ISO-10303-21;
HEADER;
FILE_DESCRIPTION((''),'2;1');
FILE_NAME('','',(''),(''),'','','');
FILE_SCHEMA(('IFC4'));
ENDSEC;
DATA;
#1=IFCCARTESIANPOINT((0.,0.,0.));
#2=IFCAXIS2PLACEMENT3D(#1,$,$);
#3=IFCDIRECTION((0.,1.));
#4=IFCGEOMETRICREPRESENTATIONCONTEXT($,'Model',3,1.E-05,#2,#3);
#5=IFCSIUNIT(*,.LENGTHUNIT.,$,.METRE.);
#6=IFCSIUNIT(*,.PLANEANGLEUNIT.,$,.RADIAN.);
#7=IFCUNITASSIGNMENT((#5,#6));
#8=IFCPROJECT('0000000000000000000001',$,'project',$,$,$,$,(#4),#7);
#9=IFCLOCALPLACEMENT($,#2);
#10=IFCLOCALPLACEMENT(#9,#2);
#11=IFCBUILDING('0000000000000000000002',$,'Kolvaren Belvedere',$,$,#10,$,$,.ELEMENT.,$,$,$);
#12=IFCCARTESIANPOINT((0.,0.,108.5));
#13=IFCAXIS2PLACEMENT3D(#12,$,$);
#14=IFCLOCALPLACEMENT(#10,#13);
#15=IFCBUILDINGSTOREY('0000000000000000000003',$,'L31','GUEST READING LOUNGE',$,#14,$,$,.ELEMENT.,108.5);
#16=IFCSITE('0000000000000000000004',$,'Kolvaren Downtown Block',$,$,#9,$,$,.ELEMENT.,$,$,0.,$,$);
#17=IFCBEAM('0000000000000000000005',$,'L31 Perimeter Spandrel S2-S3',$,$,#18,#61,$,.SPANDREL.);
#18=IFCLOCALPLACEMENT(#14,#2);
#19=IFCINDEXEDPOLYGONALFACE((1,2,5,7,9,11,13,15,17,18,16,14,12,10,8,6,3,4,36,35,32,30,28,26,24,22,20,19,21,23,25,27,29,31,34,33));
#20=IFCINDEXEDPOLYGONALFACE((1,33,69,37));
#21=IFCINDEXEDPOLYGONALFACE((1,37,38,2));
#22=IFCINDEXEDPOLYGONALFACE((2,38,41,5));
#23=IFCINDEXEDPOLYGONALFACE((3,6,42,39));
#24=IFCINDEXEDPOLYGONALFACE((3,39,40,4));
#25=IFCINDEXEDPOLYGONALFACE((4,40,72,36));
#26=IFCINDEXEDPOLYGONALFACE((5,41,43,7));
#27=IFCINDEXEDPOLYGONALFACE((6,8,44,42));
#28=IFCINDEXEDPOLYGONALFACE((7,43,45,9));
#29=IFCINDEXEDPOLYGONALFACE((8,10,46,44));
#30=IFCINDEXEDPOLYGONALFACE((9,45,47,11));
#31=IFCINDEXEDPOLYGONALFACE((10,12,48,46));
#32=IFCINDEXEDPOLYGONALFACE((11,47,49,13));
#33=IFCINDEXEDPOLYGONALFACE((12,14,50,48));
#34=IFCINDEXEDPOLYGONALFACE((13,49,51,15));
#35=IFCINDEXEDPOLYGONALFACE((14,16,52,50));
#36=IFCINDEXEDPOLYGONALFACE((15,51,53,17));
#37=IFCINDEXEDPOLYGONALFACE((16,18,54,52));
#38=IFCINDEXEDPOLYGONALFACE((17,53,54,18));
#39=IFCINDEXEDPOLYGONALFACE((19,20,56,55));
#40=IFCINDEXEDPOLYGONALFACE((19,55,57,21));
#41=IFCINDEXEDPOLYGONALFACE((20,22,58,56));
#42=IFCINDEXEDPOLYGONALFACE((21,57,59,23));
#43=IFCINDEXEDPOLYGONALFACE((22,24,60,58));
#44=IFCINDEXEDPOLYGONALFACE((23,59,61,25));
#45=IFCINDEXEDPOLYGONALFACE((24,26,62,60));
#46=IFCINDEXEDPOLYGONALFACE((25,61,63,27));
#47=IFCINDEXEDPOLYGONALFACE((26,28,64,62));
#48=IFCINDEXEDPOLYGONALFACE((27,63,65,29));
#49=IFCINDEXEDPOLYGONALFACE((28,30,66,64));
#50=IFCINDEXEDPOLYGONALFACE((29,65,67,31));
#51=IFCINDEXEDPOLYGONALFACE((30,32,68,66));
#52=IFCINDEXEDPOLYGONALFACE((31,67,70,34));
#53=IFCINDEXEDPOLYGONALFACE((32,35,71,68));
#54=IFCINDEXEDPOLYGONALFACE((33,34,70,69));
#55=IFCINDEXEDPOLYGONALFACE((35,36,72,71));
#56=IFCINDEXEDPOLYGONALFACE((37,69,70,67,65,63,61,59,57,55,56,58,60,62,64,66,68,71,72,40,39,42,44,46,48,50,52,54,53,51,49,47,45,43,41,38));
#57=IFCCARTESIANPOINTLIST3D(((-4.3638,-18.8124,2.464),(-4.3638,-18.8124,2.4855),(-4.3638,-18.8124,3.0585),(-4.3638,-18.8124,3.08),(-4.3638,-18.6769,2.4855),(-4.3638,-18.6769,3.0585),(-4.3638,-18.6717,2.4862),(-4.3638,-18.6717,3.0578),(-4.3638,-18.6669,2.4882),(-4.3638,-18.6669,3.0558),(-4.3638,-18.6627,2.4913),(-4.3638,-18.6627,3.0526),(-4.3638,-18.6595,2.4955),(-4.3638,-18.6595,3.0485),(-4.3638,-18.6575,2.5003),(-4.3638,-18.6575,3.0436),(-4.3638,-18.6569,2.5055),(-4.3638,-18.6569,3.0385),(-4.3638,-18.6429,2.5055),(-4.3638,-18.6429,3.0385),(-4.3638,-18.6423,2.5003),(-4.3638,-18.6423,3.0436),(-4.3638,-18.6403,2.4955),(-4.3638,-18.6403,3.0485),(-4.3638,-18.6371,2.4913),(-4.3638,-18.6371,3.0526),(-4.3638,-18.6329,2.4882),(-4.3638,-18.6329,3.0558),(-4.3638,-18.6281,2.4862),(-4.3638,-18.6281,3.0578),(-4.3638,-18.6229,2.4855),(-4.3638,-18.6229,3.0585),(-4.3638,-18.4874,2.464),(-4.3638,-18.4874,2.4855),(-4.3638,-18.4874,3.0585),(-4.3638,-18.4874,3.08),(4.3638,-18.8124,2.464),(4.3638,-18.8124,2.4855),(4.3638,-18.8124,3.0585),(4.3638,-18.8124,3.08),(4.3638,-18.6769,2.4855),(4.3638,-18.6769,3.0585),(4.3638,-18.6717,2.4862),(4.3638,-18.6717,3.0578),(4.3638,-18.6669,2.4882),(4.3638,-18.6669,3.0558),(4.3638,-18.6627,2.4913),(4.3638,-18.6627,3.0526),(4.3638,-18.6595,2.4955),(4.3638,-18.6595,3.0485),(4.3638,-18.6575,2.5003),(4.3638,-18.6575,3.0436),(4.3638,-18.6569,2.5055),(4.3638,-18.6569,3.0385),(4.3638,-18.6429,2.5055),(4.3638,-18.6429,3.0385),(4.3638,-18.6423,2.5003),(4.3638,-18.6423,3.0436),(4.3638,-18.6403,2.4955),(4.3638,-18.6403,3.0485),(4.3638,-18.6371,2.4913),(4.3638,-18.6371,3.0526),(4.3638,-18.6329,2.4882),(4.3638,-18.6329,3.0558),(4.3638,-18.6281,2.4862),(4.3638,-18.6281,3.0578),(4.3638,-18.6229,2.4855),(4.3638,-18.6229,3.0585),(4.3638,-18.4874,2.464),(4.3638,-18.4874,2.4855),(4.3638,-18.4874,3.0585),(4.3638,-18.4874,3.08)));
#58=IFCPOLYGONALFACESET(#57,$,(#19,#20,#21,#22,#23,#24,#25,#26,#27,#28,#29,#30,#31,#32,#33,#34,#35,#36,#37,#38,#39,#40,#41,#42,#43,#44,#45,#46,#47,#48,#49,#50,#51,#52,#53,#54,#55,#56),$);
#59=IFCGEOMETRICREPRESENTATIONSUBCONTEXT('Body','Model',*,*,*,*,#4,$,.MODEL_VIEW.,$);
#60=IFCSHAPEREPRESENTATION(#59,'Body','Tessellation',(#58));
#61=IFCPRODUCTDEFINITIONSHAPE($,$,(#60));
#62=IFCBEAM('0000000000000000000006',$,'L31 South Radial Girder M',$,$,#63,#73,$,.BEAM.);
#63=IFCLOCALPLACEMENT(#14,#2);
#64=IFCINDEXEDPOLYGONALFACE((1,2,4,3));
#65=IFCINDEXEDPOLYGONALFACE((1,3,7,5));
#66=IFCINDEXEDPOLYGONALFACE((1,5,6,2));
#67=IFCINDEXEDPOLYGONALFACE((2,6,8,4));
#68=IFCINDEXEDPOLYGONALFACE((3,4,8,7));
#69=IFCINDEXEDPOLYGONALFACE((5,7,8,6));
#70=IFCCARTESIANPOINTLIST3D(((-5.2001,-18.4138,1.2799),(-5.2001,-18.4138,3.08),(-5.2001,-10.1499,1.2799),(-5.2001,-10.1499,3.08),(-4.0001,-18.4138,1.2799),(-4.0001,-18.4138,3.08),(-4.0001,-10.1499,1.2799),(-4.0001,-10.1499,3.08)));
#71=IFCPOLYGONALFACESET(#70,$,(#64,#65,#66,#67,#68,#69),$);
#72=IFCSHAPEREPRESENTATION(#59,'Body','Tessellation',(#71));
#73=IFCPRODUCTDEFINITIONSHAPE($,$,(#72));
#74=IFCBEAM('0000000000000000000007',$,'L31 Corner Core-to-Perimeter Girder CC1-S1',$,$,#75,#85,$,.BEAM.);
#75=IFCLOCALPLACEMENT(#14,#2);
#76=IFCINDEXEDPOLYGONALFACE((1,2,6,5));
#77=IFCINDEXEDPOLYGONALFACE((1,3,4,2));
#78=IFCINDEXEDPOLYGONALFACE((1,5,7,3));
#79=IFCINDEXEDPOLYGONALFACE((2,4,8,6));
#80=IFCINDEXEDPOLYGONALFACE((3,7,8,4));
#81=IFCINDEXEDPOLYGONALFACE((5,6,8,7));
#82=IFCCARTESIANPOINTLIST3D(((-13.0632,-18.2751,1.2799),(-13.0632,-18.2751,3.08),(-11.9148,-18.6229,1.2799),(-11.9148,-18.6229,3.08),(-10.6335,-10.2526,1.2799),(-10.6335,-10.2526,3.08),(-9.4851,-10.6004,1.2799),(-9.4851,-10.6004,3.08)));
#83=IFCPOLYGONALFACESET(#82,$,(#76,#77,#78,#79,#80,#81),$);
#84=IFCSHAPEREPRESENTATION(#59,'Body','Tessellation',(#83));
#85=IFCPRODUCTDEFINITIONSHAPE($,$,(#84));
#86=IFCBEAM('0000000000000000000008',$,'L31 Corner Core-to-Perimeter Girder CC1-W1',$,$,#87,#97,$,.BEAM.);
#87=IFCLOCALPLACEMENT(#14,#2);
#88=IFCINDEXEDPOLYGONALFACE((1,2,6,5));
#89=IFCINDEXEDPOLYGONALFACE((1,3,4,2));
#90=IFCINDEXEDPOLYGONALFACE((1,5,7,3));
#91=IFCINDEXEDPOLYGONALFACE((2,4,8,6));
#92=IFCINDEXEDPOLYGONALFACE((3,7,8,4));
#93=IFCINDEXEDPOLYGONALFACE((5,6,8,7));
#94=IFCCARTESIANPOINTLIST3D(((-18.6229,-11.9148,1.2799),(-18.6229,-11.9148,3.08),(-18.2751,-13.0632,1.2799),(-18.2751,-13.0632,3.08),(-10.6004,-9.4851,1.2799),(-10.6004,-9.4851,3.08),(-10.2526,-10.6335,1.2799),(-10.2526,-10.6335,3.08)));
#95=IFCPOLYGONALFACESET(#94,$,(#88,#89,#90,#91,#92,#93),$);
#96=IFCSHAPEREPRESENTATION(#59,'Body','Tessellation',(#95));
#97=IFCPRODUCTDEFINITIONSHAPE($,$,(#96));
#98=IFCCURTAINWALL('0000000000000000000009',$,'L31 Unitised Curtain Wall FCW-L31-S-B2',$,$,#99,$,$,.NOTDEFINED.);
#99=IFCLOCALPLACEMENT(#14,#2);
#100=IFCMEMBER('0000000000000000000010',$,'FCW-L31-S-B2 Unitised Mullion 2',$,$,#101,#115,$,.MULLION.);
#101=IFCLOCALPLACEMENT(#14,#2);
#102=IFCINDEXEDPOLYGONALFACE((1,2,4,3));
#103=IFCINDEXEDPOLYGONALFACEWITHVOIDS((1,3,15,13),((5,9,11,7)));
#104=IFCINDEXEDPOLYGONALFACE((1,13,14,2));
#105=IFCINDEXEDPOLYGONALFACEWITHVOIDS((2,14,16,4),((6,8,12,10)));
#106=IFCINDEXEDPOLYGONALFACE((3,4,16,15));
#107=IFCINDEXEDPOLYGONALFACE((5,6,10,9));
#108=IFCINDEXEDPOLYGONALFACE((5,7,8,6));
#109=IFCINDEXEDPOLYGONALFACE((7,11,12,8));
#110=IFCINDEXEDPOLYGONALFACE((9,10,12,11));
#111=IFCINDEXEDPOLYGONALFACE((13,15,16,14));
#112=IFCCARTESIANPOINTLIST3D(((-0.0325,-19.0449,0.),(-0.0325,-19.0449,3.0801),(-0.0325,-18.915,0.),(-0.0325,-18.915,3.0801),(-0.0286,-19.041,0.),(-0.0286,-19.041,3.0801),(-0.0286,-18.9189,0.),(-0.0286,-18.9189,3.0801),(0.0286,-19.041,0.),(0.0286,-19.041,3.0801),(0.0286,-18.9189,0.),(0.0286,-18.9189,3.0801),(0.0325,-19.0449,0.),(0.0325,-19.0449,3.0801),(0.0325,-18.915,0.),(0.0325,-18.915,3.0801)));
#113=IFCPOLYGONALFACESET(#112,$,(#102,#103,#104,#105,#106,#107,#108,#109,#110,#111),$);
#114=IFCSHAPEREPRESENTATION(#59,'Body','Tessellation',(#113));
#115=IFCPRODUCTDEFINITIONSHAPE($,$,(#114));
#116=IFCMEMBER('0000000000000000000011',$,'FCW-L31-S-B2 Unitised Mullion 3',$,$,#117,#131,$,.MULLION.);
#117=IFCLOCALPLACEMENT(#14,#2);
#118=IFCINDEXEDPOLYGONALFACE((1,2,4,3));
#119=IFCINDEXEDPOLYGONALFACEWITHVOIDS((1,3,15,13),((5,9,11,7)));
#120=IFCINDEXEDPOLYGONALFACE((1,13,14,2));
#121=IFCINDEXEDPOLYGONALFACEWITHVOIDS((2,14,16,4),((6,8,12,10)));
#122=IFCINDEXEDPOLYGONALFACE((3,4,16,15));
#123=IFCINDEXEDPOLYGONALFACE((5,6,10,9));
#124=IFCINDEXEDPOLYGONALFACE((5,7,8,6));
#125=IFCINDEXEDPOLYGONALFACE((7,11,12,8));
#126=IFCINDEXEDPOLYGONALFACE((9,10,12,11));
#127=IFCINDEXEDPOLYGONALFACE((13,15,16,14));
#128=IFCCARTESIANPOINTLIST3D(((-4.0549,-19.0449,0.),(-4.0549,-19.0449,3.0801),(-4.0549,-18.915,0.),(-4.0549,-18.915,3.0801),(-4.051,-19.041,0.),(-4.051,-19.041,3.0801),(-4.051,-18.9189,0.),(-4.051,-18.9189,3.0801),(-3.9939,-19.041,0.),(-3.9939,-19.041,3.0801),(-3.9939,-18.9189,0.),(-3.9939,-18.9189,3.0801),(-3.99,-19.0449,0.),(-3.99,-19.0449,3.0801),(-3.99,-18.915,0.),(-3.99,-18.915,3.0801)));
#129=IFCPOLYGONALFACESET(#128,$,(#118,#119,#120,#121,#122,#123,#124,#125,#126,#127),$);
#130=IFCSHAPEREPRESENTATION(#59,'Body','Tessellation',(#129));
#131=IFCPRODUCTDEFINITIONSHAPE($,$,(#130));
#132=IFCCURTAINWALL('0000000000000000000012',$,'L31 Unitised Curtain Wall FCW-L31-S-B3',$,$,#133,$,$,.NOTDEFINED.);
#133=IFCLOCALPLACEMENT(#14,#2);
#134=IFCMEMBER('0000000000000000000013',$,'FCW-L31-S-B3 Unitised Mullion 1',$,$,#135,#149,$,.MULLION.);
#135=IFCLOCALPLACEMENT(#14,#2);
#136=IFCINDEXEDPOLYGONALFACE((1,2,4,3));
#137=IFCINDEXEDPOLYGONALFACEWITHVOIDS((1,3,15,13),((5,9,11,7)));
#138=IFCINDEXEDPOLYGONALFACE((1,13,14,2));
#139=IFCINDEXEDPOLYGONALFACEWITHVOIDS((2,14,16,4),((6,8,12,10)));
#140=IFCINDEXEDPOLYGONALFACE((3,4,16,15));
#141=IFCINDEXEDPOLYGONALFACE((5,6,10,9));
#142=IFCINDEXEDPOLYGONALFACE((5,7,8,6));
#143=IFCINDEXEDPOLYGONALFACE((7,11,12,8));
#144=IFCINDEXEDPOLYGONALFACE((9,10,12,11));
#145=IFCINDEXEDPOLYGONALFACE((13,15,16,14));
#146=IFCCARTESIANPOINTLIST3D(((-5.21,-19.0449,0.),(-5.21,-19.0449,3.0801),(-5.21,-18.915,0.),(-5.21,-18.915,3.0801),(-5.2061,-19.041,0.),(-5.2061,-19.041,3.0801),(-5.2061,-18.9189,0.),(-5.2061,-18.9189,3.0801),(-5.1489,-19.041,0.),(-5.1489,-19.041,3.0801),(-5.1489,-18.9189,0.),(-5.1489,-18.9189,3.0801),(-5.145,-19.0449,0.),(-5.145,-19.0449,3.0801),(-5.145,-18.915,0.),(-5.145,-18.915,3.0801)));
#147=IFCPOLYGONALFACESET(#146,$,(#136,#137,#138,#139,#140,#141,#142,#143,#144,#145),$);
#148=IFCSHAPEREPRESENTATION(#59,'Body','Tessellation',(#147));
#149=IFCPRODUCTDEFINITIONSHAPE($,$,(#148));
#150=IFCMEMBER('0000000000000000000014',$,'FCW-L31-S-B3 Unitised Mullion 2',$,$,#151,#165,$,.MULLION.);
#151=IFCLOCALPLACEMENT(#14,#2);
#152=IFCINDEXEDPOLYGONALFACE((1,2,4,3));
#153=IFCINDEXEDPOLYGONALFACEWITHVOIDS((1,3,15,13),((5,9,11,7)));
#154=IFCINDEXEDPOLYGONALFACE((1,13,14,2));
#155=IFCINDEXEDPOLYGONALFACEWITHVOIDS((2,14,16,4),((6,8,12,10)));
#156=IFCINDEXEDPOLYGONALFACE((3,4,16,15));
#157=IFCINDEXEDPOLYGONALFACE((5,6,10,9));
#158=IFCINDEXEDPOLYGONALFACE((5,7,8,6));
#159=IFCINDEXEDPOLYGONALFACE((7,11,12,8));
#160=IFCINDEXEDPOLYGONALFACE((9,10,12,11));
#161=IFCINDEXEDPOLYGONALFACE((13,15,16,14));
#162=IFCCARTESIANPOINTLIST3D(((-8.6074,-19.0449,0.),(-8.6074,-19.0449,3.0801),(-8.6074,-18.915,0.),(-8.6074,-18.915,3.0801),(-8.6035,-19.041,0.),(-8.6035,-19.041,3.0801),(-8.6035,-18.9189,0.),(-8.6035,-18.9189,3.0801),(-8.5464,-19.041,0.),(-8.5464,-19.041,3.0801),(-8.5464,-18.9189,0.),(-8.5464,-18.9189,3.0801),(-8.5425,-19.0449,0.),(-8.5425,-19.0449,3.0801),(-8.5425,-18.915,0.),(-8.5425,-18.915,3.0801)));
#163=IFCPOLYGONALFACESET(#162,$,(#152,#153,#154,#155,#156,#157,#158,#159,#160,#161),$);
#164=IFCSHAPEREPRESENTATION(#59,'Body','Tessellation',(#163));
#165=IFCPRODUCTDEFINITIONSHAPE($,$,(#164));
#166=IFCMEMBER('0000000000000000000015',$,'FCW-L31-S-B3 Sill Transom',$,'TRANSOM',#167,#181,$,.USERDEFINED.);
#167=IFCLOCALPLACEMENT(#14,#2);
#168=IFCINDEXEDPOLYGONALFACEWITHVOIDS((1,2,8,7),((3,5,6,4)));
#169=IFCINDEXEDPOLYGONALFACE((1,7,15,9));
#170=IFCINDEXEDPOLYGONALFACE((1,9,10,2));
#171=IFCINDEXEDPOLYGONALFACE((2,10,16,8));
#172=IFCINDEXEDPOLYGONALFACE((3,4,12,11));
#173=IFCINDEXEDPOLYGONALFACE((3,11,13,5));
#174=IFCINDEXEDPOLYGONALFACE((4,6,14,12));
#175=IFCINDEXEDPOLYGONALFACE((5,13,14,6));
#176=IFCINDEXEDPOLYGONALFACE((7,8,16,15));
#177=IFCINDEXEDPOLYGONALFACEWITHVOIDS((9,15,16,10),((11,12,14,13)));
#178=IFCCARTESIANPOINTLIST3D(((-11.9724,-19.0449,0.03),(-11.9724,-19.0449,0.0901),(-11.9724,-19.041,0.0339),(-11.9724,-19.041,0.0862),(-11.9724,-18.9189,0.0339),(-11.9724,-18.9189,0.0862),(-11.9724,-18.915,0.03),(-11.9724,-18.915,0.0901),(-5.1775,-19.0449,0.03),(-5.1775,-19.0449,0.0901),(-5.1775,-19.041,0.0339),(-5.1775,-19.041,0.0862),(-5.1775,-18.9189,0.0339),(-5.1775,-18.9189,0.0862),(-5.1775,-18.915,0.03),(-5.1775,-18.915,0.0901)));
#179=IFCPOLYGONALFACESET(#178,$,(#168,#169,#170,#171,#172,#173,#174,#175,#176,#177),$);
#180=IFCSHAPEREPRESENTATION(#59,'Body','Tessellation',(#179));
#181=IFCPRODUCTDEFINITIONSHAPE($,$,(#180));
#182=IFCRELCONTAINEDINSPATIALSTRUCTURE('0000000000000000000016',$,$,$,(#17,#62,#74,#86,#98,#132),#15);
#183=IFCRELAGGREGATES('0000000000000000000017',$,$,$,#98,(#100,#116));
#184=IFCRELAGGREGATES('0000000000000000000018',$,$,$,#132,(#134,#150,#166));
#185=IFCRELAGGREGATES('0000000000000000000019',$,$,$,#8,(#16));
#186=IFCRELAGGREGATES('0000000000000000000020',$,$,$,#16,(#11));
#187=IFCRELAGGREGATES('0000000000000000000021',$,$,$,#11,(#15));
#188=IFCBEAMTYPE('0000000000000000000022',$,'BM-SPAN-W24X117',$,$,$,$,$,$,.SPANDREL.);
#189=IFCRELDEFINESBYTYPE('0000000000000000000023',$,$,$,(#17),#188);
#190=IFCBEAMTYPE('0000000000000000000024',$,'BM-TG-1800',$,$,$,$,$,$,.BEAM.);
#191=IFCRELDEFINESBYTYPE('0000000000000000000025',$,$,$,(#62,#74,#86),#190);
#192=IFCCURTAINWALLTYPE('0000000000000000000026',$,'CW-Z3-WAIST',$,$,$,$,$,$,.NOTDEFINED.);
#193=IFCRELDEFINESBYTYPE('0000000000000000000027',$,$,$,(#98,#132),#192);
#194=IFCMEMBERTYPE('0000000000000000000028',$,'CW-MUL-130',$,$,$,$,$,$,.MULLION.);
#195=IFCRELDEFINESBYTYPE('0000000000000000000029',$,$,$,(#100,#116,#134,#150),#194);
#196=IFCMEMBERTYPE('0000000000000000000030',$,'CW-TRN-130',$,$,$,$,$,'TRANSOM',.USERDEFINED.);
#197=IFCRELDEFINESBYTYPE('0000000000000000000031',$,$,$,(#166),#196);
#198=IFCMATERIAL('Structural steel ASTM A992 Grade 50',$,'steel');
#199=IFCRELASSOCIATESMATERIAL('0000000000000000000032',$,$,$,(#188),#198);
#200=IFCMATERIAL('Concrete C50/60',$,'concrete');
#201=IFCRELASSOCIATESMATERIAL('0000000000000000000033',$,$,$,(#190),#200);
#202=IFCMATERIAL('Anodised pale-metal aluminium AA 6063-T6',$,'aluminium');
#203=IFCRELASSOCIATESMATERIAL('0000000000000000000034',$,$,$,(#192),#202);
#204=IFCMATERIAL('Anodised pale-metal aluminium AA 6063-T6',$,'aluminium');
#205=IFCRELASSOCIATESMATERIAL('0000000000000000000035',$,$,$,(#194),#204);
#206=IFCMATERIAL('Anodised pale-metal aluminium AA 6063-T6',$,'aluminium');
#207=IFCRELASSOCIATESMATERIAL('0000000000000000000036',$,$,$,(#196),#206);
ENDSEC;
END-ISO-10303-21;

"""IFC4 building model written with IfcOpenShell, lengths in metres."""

from ifc_helpers import new_model, si_unit, direction, frame, origin, origin_2d, place, context, subcontext, project, spatial, rectangle, hollow_rectangle, i_section, extrude, material, material_profile, profile_set, type_object, element, aggregate, save


model = new_model("IFC4")

# Units and contexts
model_context = context("Model", 3, precision=1e-05, world=origin(), true_north=direction((0.0, 1.0)))
body_context = subcontext(model_context, "Body", "Model", "MODEL_VIEW")
ifc_project = project(units=[si_unit("LENGTHUNIT", "METRE"), si_unit("PLANEANGLEUNIT", "RADIAN")], contexts=[model_context])

# Site, building, storey
site_placement = place(None, origin())
site = spatial("IfcSite", under=ifc_project, at=site_placement, Name="Kolvaren Downtown Block", CompositionType="ELEMENT", RefElevation=0.0)
building_placement = place(site_placement, origin())
building = spatial("IfcBuilding", under=site, at=building_placement, Name="Kolvaren Belvedere", CompositionType="ELEMENT")
storey_placement = place(building_placement, frame((0.0, 0.0, 108.5)))
storey = spatial("IfcBuildingStorey", under=building, at=storey_placement, Name="L31", Description="GUEST READING LOUNGE", CompositionType="ELEMENT", Elevation=108.5)

# Beams
ifc_material_1 = material(Name="Structural steel ASTM A992 Grade 50", Category="steel")
ifc_material_profile_1 = material_profile(ifc_material_1, i_section(OverallWidth=0.325, OverallDepth=0.616, WebThickness=0.0139, FlangeThickness=0.0215, FilletRadius=0.02, at=origin_2d()), Name="W24X117")
ifc_profile_set_1 = profile_set([ifc_material_profile_1], Name="Structural steel ASTM A992 Grade 50")
beam_type_1 = type_object("IfcBeamType", Name="BM-SPAN-W24X117", PredefinedType="SPANDREL", material=ifc_profile_set_1)
beam_1_placement = place(storey_placement, frame((-4.3638, -18.6499, 2.772), z_axis=(1.0, 0.0, 0.0), x_axis=(0.0, 1.0, 0.0)))
element("IfcBeam", 1, at=beam_1_placement, inside=storey, type_object=beam_type_1, Name="L31 Perimeter Spandrel S2-S3", PredefinedType="SPANDREL", context=body_context, shape_type="SweptSolid", body=[
    extrude(i_section(OverallWidth=0.325, OverallDepth=0.616, WebThickness=0.0139, FlangeThickness=0.0215, FilletRadius=0.02, at=origin_2d()), origin(), (0.0, 0.0, 1.0), 8.7275),
])
ifc_material_2 = material(Name="Concrete C50/60", Category="concrete")
ifc_material_profile_2 = material_profile(ifc_material_2, rectangle(XDim=1.2, YDim=1.8, at=origin_2d()), Name="RC 1200X1800")
ifc_profile_set_2 = profile_set([ifc_material_profile_2], Name="Concrete C50/60")
beam_type_2 = type_object("IfcBeamType", Name="BM-TG-1800", PredefinedType="BEAM", material=ifc_profile_set_2)
beam_2_placement = place(storey_placement, frame((-4.6001, -10.1499, 2.1799), z_axis=(0.0, -1.0, 0.0), x_axis=(1.0, 0.0, 0.0)))
element("IfcBeam", 2, at=beam_2_placement, inside=storey, type_object=beam_type_2, Name="L31 South Radial Girder M", PredefinedType="BEAM", context=body_context, shape_type="SweptSolid", body=[
    extrude(rectangle(XDim=1.2, YDim=1.8, at=origin_2d()), origin(), (0.0, 0.0, 1.0), 8.2639),
])
for number, where, z_axis, x_axis, name in (
    (3, (-10.0593, -10.4265, 2.1799), (-0.289859, -0.957069, 0.0), (0.957069, -0.289859, 0.0), "L31 Corner Core-to-Perimeter Girder CC1-S1"),
    (4, (-10.4265, -10.0593, 2.1799), (-0.957069, -0.289859, 0.0), (0.289859, -0.957069, 0.0), "L31 Corner Core-to-Perimeter Girder CC1-W1"),
):
    element("IfcBeam", number, at=place(storey_placement, frame(where, z_axis=z_axis, x_axis=x_axis)), inside=storey, type_object=beam_type_2, Name=name, PredefinedType="BEAM", context=body_context, shape_type="SweptSolid", body=[
        extrude(rectangle(XDim=1.2, YDim=1.8, at=origin_2d()), origin(), (0.0, 0.0, 1.0), 8.3823),
    ])

# Curtain walls, members
ifc_material_3 = material(Name="Anodised pale-metal aluminium AA 6063-T6", Category="aluminium")
curtain_wall_type = type_object("IfcCurtainWallType", Name="CW-Z3-WAIST", PredefinedType="NOTDEFINED", material=ifc_material_3)
curtain_wall_1_placement = place(storey_placement, origin())
curtain_wall_1 = element("IfcCurtainWall", 5, at=curtain_wall_1_placement, inside=storey, type_object=curtain_wall_type, Name="L31 Unitised Curtain Wall FCW-L31-S-B2", PredefinedType="NOTDEFINED")
ifc_material_4 = material(Name="Anodised pale-metal aluminium AA 6063-T6", Category="aluminium")
ifc_material_profile_3 = material_profile(ifc_material_4, hollow_rectangle(XDim=0.0649, YDim=0.1299, WallThickness=0.0039, at=origin_2d()), Name="ALU-MUL-130X65")
ifc_profile_set_3 = profile_set([ifc_material_profile_3], Name="Anodised pale-metal aluminium AA 6063-T6")
member_type_1 = type_object("IfcMemberType", Name="CW-MUL-130", PredefinedType="MULLION", material=ifc_profile_set_3)
member_1_placement = place(storey_placement, frame((0.0, -18.98, 0.0), z_axis=(0.0, 0.0, 1.0), x_axis=(1.0, 0.0, 0.0)))
member_1 = element("IfcMember", 6, at=member_1_placement, type_object=member_type_1, Name="FCW-L31-S-B2 Unitised Mullion 2", PredefinedType="MULLION", context=body_context, shape_type="SweptSolid", body=[
    extrude(hollow_rectangle(XDim=0.0649, YDim=0.1299, WallThickness=0.0039, at=origin_2d()), origin(), (0.0, 0.0, 1.0), 3.0801),
])
member_2_placement = place(storey_placement, frame((-4.0225, -18.98, 0.0), z_axis=(0.0, 0.0, 1.0), x_axis=(1.0, 0.0, 0.0)))
member_2 = element("IfcMember", 7, at=member_2_placement, type_object=member_type_1, Name="FCW-L31-S-B2 Unitised Mullion 3", PredefinedType="MULLION", context=body_context, shape_type="SweptSolid", body=[
    extrude(hollow_rectangle(XDim=0.0649, YDim=0.1299, WallThickness=0.0039, at=origin_2d()), origin(), (0.0, 0.0, 1.0), 3.0801),
])
curtain_wall_2_placement = place(storey_placement, origin())
curtain_wall_2 = element("IfcCurtainWall", 8, at=curtain_wall_2_placement, inside=storey, type_object=curtain_wall_type, Name="L31 Unitised Curtain Wall FCW-L31-S-B3", PredefinedType="NOTDEFINED")
member_3_placement = place(storey_placement, frame((-5.1775, -18.98, 0.0), z_axis=(0.0, 0.0, 1.0), x_axis=(1.0, 0.0, 0.0)))
member_3 = element("IfcMember", 9, at=member_3_placement, type_object=member_type_1, Name="FCW-L31-S-B3 Unitised Mullion 1", PredefinedType="MULLION", context=body_context, shape_type="SweptSolid", body=[
    extrude(hollow_rectangle(XDim=0.0649, YDim=0.1299, WallThickness=0.0039, at=origin_2d()), origin(), (0.0, 0.0, 1.0), 3.0801),
])
member_4_placement = place(storey_placement, frame((-8.575, -18.98, 0.0), z_axis=(0.0, 0.0, 1.0), x_axis=(1.0, 0.0, 0.0)))
member_4 = element("IfcMember", 10, at=member_4_placement, type_object=member_type_1, Name="FCW-L31-S-B3 Unitised Mullion 2", PredefinedType="MULLION", context=body_context, shape_type="SweptSolid", body=[
    extrude(hollow_rectangle(XDim=0.0649, YDim=0.1299, WallThickness=0.0039, at=origin_2d()), origin(), (0.0, 0.0, 1.0), 3.0801),
])
ifc_material_5 = material(Name="Anodised pale-metal aluminium AA 6063-T6", Category="aluminium")
ifc_material_profile_4 = material_profile(ifc_material_5, hollow_rectangle(XDim=0.0601, YDim=0.1299, WallThickness=0.0039, at=origin_2d()), Name="ALU-TRN-130X60")
ifc_profile_set_4 = profile_set([ifc_material_profile_4], Name="Anodised pale-metal aluminium AA 6063-T6")
member_type_2 = type_object("IfcMemberType", Name="CW-TRN-130", ElementType="TRANSOM", PredefinedType="USERDEFINED", material=ifc_profile_set_4)
member_5_placement = place(storey_placement, frame((-5.1775, -18.98, 0.0601), z_axis=(-1.0, 0.0, 0.0), x_axis=(0.0, 0.0, 1.0)))
member_5 = element("IfcMember", 11, at=member_5_placement, type_object=member_type_2, Name="FCW-L31-S-B3 Sill Transom", ObjectType="TRANSOM", PredefinedType="USERDEFINED", context=body_context, shape_type="SweptSolid", body=[
    extrude(hollow_rectangle(XDim=0.0601, YDim=0.1299, WallThickness=0.0039, at=origin_2d()), origin(), (0.0, 0.0, 1.0), 6.7949),
])

aggregate(curtain_wall_1, [member_1, member_2])
aggregate(curtain_wall_2, [member_3, member_4, member_5])

save(model, "model.ifc")
